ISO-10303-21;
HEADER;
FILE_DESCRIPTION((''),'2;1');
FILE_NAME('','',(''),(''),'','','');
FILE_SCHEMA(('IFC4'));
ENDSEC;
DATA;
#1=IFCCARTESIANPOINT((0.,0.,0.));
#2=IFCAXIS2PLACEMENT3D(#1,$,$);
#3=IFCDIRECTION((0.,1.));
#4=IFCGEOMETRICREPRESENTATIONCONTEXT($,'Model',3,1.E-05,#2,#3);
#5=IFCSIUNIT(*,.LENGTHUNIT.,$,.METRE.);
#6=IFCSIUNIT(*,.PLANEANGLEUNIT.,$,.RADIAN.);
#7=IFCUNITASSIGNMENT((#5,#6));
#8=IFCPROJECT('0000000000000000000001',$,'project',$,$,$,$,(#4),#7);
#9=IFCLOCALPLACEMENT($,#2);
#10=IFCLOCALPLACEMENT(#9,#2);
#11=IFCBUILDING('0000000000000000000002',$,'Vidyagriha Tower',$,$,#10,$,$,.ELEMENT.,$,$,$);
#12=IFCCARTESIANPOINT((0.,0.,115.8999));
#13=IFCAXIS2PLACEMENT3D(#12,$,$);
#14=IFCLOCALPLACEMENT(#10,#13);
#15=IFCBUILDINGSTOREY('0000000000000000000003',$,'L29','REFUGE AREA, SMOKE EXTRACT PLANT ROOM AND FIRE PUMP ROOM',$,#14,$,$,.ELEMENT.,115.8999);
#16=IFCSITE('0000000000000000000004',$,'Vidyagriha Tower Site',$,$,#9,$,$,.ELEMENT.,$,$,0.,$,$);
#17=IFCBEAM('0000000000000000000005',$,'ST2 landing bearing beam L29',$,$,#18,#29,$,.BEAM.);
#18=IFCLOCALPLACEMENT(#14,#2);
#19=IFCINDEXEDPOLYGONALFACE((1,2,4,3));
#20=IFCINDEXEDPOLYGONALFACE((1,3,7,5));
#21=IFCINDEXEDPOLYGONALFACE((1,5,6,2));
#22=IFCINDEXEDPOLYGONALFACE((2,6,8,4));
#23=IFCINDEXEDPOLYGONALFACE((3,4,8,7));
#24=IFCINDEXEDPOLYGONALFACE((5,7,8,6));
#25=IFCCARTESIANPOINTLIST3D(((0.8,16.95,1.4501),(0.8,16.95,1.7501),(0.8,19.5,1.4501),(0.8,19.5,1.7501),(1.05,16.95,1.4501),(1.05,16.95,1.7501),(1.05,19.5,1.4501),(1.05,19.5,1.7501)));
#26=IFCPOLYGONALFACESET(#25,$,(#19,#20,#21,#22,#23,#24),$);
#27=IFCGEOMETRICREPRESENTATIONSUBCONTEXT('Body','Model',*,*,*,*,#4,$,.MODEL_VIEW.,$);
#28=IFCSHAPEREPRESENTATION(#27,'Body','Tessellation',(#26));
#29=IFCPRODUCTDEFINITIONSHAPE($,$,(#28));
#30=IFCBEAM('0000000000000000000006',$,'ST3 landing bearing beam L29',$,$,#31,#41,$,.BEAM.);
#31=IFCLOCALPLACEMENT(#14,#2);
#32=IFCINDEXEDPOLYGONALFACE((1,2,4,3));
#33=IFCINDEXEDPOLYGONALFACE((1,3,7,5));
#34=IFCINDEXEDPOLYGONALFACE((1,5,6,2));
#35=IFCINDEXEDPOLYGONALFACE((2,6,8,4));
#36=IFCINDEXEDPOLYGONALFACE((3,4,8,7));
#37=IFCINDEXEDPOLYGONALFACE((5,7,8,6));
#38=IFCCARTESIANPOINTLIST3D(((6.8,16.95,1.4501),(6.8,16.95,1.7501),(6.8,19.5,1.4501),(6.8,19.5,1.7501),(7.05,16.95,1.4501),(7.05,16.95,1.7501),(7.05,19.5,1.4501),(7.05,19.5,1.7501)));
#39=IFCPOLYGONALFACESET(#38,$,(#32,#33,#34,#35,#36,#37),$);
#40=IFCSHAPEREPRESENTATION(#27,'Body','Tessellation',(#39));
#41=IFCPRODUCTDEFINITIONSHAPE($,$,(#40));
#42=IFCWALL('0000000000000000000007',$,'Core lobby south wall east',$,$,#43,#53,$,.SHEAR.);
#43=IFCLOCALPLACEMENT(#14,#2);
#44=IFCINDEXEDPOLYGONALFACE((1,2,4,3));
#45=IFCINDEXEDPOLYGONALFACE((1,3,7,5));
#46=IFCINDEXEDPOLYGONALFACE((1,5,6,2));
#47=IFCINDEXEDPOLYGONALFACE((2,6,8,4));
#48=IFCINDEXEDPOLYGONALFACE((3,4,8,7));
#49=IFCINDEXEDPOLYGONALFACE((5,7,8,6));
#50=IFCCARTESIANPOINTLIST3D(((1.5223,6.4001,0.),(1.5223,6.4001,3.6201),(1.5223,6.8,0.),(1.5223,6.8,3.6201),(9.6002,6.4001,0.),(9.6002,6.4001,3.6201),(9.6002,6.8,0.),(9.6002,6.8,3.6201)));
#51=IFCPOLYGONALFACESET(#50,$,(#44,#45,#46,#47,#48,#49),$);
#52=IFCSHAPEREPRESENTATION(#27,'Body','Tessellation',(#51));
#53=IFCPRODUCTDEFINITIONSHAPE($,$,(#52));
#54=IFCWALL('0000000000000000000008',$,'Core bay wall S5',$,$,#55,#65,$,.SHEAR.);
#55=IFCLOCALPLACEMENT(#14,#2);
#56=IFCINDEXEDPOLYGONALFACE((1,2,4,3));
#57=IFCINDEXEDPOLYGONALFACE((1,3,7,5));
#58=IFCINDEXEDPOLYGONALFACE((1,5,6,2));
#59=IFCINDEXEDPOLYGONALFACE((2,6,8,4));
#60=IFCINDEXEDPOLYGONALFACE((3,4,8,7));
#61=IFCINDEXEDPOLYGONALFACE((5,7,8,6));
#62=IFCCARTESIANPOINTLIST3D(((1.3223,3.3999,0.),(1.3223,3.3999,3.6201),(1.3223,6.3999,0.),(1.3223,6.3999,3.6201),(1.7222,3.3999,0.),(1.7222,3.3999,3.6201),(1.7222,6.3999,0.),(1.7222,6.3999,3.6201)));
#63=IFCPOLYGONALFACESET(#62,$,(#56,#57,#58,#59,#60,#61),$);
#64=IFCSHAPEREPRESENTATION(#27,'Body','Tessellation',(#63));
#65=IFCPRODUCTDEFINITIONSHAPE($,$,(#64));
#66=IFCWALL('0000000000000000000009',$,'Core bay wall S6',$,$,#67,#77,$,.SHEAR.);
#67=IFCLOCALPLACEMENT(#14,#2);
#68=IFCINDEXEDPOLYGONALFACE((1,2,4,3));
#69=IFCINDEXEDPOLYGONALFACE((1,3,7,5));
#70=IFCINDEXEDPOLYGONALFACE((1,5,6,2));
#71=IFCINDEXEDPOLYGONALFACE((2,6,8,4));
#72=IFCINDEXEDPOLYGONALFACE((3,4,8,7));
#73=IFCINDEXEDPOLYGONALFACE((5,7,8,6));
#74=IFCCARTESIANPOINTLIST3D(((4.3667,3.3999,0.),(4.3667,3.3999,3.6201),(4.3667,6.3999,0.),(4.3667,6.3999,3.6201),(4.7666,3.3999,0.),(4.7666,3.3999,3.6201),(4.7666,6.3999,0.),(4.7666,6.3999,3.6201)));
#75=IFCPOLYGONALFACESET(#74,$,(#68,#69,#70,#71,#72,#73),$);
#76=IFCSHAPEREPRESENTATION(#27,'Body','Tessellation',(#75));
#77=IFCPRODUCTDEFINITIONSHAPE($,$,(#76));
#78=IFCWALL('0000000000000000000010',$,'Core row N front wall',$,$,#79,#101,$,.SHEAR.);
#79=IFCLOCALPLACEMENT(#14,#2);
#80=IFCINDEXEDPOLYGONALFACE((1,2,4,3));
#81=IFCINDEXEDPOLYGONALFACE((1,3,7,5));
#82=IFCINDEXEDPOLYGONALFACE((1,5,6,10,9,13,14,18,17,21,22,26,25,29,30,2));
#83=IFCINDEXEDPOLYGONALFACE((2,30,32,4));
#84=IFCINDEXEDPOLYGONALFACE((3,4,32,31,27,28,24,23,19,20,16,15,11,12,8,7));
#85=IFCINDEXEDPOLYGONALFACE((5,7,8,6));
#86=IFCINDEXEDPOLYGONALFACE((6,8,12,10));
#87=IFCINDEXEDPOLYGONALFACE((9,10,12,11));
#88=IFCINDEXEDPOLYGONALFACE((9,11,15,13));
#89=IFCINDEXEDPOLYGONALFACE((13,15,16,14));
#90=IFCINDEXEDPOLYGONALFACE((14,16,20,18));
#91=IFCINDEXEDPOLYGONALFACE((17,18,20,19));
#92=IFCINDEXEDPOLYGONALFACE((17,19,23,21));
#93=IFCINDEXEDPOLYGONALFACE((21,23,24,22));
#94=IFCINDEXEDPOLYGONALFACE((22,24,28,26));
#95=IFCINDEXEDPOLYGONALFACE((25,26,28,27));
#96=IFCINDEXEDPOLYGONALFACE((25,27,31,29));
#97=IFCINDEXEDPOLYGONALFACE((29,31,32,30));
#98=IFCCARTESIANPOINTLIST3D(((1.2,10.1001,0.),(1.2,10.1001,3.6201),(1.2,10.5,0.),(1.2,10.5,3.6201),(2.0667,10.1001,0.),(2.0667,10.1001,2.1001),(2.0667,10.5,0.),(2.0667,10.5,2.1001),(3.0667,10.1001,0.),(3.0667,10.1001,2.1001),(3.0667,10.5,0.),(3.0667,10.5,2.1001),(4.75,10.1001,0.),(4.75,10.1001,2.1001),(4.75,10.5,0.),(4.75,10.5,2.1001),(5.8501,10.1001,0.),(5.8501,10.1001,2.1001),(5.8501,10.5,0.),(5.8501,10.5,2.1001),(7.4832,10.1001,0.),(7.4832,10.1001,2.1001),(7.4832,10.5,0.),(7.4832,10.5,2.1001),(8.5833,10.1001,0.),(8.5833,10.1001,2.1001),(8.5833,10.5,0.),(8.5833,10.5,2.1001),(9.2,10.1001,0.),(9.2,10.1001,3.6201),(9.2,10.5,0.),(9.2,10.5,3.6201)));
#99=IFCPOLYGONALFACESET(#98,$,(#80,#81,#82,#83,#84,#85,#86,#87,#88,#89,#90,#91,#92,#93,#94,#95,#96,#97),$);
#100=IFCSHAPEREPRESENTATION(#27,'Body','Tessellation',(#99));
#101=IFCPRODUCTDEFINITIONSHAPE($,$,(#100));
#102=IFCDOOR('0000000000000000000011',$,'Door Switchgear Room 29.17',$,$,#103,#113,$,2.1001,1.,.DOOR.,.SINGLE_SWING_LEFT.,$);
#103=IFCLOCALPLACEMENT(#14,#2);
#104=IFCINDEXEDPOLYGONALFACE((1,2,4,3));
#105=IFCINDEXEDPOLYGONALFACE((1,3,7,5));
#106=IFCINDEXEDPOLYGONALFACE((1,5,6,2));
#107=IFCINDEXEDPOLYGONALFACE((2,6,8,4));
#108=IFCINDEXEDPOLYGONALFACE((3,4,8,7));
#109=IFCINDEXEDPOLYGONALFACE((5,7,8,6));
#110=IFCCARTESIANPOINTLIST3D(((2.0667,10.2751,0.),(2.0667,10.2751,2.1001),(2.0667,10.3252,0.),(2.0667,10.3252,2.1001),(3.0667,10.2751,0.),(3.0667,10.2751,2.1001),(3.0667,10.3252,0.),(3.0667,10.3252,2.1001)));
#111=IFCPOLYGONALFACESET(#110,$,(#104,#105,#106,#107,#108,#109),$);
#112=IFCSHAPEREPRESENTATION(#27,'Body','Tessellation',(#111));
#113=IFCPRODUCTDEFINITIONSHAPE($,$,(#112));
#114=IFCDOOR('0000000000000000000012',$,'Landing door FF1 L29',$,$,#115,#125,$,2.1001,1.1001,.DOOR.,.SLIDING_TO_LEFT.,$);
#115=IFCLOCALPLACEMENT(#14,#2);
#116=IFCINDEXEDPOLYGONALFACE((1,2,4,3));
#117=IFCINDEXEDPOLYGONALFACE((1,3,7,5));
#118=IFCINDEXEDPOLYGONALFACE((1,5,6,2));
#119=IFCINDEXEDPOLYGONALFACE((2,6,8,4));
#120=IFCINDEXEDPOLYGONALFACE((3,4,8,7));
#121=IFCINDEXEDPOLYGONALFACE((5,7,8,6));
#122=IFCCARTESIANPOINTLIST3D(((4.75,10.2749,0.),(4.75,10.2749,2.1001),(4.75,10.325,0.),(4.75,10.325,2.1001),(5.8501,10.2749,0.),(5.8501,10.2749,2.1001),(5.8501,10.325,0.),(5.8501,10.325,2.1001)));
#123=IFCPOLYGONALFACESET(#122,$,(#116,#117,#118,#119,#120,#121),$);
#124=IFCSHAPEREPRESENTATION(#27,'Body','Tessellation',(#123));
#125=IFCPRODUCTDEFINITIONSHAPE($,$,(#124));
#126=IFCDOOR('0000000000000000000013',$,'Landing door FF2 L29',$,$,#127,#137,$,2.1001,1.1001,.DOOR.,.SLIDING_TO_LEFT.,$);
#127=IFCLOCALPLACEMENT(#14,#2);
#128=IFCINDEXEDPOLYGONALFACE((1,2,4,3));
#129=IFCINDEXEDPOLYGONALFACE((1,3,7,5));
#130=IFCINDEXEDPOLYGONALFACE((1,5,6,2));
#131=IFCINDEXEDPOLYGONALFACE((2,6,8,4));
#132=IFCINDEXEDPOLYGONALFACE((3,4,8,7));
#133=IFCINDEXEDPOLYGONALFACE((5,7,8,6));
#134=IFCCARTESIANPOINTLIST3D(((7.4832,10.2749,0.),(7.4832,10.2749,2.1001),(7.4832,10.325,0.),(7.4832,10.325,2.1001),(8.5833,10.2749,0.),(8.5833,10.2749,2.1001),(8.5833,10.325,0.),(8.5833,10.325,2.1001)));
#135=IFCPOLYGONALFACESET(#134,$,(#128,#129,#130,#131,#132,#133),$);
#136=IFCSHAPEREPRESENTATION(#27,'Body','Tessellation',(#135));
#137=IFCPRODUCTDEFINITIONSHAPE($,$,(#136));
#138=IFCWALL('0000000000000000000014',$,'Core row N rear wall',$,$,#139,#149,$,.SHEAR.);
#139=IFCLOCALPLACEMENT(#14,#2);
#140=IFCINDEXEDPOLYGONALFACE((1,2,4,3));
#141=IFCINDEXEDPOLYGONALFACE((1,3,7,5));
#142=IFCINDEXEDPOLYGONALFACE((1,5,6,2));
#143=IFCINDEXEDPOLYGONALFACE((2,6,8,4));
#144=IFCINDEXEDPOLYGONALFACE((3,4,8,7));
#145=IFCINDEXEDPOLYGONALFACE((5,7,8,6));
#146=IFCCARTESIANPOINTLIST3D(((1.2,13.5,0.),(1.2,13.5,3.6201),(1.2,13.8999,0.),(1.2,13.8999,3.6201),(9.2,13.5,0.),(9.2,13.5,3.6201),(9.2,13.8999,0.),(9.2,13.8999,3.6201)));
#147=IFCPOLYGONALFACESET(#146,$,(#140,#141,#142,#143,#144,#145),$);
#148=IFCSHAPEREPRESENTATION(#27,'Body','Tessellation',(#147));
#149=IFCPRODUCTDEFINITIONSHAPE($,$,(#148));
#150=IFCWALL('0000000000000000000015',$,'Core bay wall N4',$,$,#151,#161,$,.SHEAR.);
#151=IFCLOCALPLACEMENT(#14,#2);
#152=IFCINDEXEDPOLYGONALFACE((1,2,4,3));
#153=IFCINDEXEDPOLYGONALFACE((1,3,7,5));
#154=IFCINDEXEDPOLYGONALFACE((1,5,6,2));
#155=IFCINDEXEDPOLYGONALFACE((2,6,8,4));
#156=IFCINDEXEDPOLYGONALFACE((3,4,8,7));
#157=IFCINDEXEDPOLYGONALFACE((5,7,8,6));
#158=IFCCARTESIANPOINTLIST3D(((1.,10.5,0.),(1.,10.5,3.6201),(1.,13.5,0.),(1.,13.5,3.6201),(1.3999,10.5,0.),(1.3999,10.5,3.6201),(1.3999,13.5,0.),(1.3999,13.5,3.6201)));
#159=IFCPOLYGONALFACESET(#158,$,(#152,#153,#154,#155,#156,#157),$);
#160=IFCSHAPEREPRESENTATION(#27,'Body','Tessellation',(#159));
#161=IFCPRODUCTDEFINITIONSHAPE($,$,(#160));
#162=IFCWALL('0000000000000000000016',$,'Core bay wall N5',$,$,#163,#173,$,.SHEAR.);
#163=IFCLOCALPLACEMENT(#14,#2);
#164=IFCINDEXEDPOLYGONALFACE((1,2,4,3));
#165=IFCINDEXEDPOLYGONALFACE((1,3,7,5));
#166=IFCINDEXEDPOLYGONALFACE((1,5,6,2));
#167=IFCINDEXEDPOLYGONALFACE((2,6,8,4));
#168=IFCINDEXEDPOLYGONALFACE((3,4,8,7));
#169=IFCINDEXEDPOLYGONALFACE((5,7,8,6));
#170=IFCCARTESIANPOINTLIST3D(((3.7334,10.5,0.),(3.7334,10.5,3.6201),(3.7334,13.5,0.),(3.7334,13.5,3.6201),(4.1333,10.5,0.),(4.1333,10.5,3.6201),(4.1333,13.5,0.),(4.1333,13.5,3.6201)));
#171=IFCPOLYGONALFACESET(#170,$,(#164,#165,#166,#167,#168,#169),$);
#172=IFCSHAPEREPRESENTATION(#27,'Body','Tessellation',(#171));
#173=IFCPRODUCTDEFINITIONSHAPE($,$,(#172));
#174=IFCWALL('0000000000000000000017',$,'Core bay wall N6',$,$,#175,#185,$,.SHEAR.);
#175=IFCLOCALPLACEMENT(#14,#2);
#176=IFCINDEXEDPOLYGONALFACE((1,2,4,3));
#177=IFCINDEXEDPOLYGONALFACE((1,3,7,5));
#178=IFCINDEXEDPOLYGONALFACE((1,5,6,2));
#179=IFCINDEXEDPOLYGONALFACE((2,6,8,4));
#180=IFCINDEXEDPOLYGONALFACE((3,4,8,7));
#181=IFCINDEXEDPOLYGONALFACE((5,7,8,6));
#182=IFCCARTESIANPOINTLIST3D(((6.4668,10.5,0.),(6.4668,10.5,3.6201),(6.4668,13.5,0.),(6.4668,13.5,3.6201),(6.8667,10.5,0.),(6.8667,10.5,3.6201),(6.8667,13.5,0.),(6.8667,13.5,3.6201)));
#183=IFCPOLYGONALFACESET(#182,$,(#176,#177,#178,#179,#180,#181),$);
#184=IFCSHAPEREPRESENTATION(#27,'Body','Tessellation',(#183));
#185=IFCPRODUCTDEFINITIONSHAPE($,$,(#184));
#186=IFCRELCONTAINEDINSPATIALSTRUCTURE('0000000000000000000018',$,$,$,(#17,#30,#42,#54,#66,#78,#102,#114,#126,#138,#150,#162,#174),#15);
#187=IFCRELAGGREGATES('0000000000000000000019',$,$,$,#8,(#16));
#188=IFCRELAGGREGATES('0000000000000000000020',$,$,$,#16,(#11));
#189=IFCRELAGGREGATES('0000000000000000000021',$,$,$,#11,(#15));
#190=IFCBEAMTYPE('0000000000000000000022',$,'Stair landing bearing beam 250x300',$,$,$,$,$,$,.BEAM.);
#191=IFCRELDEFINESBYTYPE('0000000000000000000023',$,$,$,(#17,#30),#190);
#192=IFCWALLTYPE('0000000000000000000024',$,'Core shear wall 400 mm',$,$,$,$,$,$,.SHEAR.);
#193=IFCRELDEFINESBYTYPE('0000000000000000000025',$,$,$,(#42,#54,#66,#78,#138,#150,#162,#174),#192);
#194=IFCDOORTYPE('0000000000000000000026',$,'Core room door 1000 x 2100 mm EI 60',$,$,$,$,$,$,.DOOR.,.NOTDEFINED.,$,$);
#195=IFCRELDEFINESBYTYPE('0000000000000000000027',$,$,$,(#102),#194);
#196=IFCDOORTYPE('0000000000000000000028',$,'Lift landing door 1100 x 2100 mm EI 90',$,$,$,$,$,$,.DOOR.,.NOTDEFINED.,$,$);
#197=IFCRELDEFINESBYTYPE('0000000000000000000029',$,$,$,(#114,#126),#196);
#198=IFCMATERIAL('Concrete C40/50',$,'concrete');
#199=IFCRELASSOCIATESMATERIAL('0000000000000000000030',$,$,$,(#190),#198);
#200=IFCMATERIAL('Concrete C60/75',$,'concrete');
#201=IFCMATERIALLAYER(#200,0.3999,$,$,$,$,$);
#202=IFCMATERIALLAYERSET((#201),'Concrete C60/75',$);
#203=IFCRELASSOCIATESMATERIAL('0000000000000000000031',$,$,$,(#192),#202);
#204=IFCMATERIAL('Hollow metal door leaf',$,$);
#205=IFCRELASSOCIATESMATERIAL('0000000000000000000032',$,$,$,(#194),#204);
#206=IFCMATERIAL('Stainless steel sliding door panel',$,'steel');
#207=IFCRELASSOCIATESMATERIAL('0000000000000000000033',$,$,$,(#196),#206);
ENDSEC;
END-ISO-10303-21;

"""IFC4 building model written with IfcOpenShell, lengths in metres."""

from ifc_helpers import new_model, si_unit, direction, frame, frame_2d, origin, origin_2d, place, context, subcontext, project, spatial, rectangle, extrude, material, layer, layer_set, material_profile, profile_set, type_object, element, fill, save


model = new_model("IFC4")

# Units and contexts
model_context = context("Model", 3, precision=1e-05, world=origin(), true_north=direction((0.0, 1.0)))
body_context = subcontext(model_context, "Body", "Model", "MODEL_VIEW")
ifc_project = project(units=[si_unit("LENGTHUNIT", "METRE"), si_unit("PLANEANGLEUNIT", "RADIAN")], contexts=[model_context])

# Site, building, storey
site_placement = place(None, origin())
site = spatial("IfcSite", under=ifc_project, at=site_placement, Name="Vidyagriha Tower Site", CompositionType="ELEMENT", RefElevation=0.0)
building_placement = place(site_placement, origin())
building = spatial("IfcBuilding", under=site, at=building_placement, Name="Vidyagriha Tower", CompositionType="ELEMENT")
storey_placement = place(building_placement, frame((0.0, 0.0, 115.8999)))
storey = spatial("IfcBuildingStorey", under=building, at=storey_placement, Name="L29", Description="REFUGE AREA, SMOKE EXTRACT PLANT ROOM AND FIRE PUMP ROOM", CompositionType="ELEMENT", Elevation=115.8999)

# Beams
ifc_material_1 = material(Name="Concrete C40/50", Category="concrete")
ifc_material_profile = material_profile(ifc_material_1, rectangle(XDim=0.25, YDim=0.3, at=origin_2d()), Name="Stair landing bearing beam 250x300")
ifc_profile_set = profile_set([ifc_material_profile], Name="Concrete C40/50")
beam_type = type_object("IfcBeamType", Name="Stair landing bearing beam 250x300", PredefinedType="BEAM", material=ifc_profile_set)
for number, where, z_axis, x_axis, name in (
    (1, (0.925, 16.95, 1.6001), (0.0, 1.0, 0.0), (-1.0, 0.0, 0.0), "ST2 landing bearing beam L29"),
    (2, (6.925, 16.95, 1.6001), (0.0, 1.0, 0.0), (-1.0, 0.0, 0.0), "ST3 landing bearing beam L29"),
):
    element("IfcBeam", number, at=place(storey_placement, frame(where, z_axis=z_axis, x_axis=x_axis)), inside=storey, type_object=beam_type, Name=name, PredefinedType="BEAM", context=body_context, shape_type="SweptSolid", body=[
        extrude(rectangle(XDim=0.25, YDim=0.3, at=origin_2d()), origin(), (0.0, 0.0, 1.0), 2.55),
    ])

# Walls
ifc_material_2 = material(Name="Concrete C60/75", Category="concrete")
ifc_layer_1 = layer(ifc_material_2, 0.3999)
ifc_layer_set_1 = layer_set([ifc_layer_1], Name="Concrete C60/75")
wall_type_1 = type_object("IfcWallType", Name="Core shear wall 400 mm", PredefinedType="SHEAR", material=ifc_layer_set_1)
wall_1_placement = place(storey_placement, frame((1.5222, 6.6001, 0.0)))
element("IfcWall", 3, at=wall_1_placement, inside=storey, type_object=wall_type_1, Name="Core lobby south wall east", PredefinedType="SHEAR", context=body_context, shape_type="SweptSolid", body=[
    extrude(rectangle(XDim=8.0779, YDim=0.3999, at=frame_2d((4.0391, 0.0))), origin(), (0.0, 0.0, 1.0), 3.6201),
])
for number, where, z_axis, x_axis, name in (
    (4, (1.5222, 3.3999, 0.0), (0.0, 0.0, 1.0), (0.0, 1.0, 0.0), "Core bay wall S5"),
    (5, (4.5667, 3.3999, 0.0), (0.0, 0.0, 1.0), (0.0, 1.0, 0.0), "Core bay wall S6"),
):
    element("IfcWall", number, at=place(storey_placement, frame(where, z_axis=z_axis, x_axis=x_axis)), inside=storey, type_object=wall_type_1, Name=name, PredefinedType="SHEAR", context=body_context, shape_type="SweptSolid", body=[
        extrude(rectangle(XDim=3.0, YDim=0.3999, at=frame_2d((1.5, 0.0))), origin(), (0.0, 0.0, 1.0), 3.6201),
    ])

# Wall, openings, doors
wall_2_placement = place(storey_placement, frame((1.2, 10.3, 0.0)))
wall_2 = element("IfcWall", 6, at=wall_2_placement, inside=storey, type_object=wall_type_1, Name="Core row N front wall", PredefinedType="SHEAR", context=body_context, shape_type="SweptSolid", body=[
    extrude(rectangle(XDim=8.0, YDim=0.3999, at=frame_2d((4.0, 0.0))), origin(), (0.0, 0.0, 1.0), 3.6201),
])
opening_1_placement = place(wall_2_placement, frame((3.55, 0.0, 0.0)))
opening_1 = element("IfcOpeningElement", 7, at=opening_1_placement, cuts=wall_2, PredefinedType="OPENING", context=body_context, shape_type="SweptSolid", body=[
    extrude(rectangle(XDim=1.1001, YDim=2.1001, at=frame_2d((0.55, 1.05))), frame((0.0, 0.21, 0.0), z_axis=(0.0, -1.0, 0.0), x_axis=(1.0, 0.0, 0.0)), (0.0, 0.0, 1.0), 0.4199),
])
opening_2_placement = place(wall_2_placement, frame((6.2832, 0.0, 0.0)))
opening_2 = element("IfcOpeningElement", 8, at=opening_2_placement, cuts=wall_2, PredefinedType="OPENING", context=body_context, shape_type="SweptSolid", body=[
    extrude(rectangle(XDim=1.1001, YDim=2.1001, at=frame_2d((0.55, 1.05))), frame((0.0, 0.21, 0.0), z_axis=(0.0, -1.0, 0.0), x_axis=(1.0, 0.0, 0.0)), (0.0, 0.0, 1.0), 0.4199),
])
opening_3_placement = place(wall_2_placement, frame((0.8667, 0.0, 0.0)))
opening_3 = element("IfcOpeningElement", 9, at=opening_3_placement, cuts=wall_2, PredefinedType="OPENING", context=body_context, shape_type="SweptSolid", body=[
    extrude(rectangle(XDim=1.0, YDim=2.1001, at=frame_2d((0.5, 1.05))), frame((0.0, 0.21, 0.0), z_axis=(0.0, -1.0, 0.0), x_axis=(1.0, 0.0, 0.0)), (0.0, 0.0, 1.0), 0.4199),
])
ifc_material_3 = material(Name="Hollow metal door leaf")
door_type_1 = type_object("IfcDoorType", Name="Core room door 1000 x 2100 mm EI 60", OperationType="NOTDEFINED", PredefinedType="DOOR", material=ifc_material_3)
door_1_placement = place(opening_3_placement, frame((1.0, 0.0, 0.0), z_axis=(0.0, 0.0, 1.0), x_axis=(-1.0, 0.0, 0.0)))
door_1 = element("IfcDoor", 10, at=door_1_placement, inside=storey, type_object=door_type_1, Name="Door Switchgear Room 29.17", OperationType="SINGLE_SWING_LEFT", OverallHeight=2.1001, OverallWidth=1.0, PredefinedType="DOOR", context=body_context, shape_type="SweptSolid", body=[
    extrude(rectangle(XDim=1.0, YDim=2.1001, at=frame_2d((0.5, 1.05))), frame((0.0, 0.0249, 0.0), z_axis=(0.0, -1.0, 0.0), x_axis=(1.0, 0.0, 0.0)), (0.0, 0.0, 1.0), 0.05),
])
fill(opening_3, door_1)
ifc_material_4 = material(Name="Stainless steel sliding door panel", Category="steel")
door_type_2 = type_object("IfcDoorType", Name="Lift landing door 1100 x 2100 mm EI 90", OperationType="NOTDEFINED", PredefinedType="DOOR", material=ifc_material_4)
door_2_placement = place(opening_1_placement, origin())
door_2 = element("IfcDoor", 11, at=door_2_placement, inside=storey, type_object=door_type_2, Name="Landing door FF1 L29", OperationType="SLIDING_TO_LEFT", OverallHeight=2.1001, OverallWidth=1.1001, PredefinedType="DOOR", context=body_context, shape_type="SweptSolid", body=[
    extrude(rectangle(XDim=1.1001, YDim=2.1001, at=frame_2d((0.55, 1.05))), frame((0.0, 0.0249, 0.0), z_axis=(0.0, -1.0, 0.0), x_axis=(1.0, 0.0, 0.0)), (0.0, 0.0, 1.0), 0.05),
])
fill(opening_1, door_2)
door_3_placement = place(opening_2_placement, origin())
door_3 = element("IfcDoor", 12, at=door_3_placement, inside=storey, type_object=door_type_2, Name="Landing door FF2 L29", OperationType="SLIDING_TO_LEFT", OverallHeight=2.1001, OverallWidth=1.1001, PredefinedType="DOOR", context=body_context, shape_type="SweptSolid", body=[
    extrude(rectangle(XDim=1.1001, YDim=2.1001, at=frame_2d((0.55, 1.05))), frame((0.0, 0.0249, 0.0), z_axis=(0.0, -1.0, 0.0), x_axis=(1.0, 0.0, 0.0)), (0.0, 0.0, 1.0), 0.05),
])
fill(opening_2, door_3)

# Walls
wall_3_placement = place(storey_placement, frame((1.2, 13.7, 0.0)))
element("IfcWall", 13, at=wall_3_placement, inside=storey, type_object=wall_type_1, Name="Core row N rear wall", PredefinedType="SHEAR", context=body_context, shape_type="SweptSolid", body=[
    extrude(rectangle(XDim=8.0, YDim=0.3999, at=frame_2d((4.0, 0.0))), origin(), (0.0, 0.0, 1.0), 3.6201),
])
for number, where, z_axis, x_axis, name in (
    (14, (1.2, 10.5, 0.0), (0.0, 0.0, 1.0), (0.0, 1.0, 0.0), "Core bay wall N4"),
    (15, (3.9333, 10.5, 0.0), (0.0, 0.0, 1.0), (0.0, 1.0, 0.0), "Core bay wall N5"),
    (16, (6.6667, 10.5, 0.0), (0.0, 0.0, 1.0), (0.0, 1.0, 0.0), "Core bay wall N6"),
):
    element("IfcWall", number, at=place(storey_placement, frame(where, z_axis=z_axis, x_axis=x_axis)), inside=storey, type_object=wall_type_1, Name=name, PredefinedType="SHEAR", context=body_context, shape_type="SweptSolid", body=[
        extrude(rectangle(XDim=3.0, YDim=0.3999, at=frame_2d((1.5, 0.0))), origin(), (0.0, 0.0, 1.0), 3.6201),
    ])

save(model, "model.ifc")
